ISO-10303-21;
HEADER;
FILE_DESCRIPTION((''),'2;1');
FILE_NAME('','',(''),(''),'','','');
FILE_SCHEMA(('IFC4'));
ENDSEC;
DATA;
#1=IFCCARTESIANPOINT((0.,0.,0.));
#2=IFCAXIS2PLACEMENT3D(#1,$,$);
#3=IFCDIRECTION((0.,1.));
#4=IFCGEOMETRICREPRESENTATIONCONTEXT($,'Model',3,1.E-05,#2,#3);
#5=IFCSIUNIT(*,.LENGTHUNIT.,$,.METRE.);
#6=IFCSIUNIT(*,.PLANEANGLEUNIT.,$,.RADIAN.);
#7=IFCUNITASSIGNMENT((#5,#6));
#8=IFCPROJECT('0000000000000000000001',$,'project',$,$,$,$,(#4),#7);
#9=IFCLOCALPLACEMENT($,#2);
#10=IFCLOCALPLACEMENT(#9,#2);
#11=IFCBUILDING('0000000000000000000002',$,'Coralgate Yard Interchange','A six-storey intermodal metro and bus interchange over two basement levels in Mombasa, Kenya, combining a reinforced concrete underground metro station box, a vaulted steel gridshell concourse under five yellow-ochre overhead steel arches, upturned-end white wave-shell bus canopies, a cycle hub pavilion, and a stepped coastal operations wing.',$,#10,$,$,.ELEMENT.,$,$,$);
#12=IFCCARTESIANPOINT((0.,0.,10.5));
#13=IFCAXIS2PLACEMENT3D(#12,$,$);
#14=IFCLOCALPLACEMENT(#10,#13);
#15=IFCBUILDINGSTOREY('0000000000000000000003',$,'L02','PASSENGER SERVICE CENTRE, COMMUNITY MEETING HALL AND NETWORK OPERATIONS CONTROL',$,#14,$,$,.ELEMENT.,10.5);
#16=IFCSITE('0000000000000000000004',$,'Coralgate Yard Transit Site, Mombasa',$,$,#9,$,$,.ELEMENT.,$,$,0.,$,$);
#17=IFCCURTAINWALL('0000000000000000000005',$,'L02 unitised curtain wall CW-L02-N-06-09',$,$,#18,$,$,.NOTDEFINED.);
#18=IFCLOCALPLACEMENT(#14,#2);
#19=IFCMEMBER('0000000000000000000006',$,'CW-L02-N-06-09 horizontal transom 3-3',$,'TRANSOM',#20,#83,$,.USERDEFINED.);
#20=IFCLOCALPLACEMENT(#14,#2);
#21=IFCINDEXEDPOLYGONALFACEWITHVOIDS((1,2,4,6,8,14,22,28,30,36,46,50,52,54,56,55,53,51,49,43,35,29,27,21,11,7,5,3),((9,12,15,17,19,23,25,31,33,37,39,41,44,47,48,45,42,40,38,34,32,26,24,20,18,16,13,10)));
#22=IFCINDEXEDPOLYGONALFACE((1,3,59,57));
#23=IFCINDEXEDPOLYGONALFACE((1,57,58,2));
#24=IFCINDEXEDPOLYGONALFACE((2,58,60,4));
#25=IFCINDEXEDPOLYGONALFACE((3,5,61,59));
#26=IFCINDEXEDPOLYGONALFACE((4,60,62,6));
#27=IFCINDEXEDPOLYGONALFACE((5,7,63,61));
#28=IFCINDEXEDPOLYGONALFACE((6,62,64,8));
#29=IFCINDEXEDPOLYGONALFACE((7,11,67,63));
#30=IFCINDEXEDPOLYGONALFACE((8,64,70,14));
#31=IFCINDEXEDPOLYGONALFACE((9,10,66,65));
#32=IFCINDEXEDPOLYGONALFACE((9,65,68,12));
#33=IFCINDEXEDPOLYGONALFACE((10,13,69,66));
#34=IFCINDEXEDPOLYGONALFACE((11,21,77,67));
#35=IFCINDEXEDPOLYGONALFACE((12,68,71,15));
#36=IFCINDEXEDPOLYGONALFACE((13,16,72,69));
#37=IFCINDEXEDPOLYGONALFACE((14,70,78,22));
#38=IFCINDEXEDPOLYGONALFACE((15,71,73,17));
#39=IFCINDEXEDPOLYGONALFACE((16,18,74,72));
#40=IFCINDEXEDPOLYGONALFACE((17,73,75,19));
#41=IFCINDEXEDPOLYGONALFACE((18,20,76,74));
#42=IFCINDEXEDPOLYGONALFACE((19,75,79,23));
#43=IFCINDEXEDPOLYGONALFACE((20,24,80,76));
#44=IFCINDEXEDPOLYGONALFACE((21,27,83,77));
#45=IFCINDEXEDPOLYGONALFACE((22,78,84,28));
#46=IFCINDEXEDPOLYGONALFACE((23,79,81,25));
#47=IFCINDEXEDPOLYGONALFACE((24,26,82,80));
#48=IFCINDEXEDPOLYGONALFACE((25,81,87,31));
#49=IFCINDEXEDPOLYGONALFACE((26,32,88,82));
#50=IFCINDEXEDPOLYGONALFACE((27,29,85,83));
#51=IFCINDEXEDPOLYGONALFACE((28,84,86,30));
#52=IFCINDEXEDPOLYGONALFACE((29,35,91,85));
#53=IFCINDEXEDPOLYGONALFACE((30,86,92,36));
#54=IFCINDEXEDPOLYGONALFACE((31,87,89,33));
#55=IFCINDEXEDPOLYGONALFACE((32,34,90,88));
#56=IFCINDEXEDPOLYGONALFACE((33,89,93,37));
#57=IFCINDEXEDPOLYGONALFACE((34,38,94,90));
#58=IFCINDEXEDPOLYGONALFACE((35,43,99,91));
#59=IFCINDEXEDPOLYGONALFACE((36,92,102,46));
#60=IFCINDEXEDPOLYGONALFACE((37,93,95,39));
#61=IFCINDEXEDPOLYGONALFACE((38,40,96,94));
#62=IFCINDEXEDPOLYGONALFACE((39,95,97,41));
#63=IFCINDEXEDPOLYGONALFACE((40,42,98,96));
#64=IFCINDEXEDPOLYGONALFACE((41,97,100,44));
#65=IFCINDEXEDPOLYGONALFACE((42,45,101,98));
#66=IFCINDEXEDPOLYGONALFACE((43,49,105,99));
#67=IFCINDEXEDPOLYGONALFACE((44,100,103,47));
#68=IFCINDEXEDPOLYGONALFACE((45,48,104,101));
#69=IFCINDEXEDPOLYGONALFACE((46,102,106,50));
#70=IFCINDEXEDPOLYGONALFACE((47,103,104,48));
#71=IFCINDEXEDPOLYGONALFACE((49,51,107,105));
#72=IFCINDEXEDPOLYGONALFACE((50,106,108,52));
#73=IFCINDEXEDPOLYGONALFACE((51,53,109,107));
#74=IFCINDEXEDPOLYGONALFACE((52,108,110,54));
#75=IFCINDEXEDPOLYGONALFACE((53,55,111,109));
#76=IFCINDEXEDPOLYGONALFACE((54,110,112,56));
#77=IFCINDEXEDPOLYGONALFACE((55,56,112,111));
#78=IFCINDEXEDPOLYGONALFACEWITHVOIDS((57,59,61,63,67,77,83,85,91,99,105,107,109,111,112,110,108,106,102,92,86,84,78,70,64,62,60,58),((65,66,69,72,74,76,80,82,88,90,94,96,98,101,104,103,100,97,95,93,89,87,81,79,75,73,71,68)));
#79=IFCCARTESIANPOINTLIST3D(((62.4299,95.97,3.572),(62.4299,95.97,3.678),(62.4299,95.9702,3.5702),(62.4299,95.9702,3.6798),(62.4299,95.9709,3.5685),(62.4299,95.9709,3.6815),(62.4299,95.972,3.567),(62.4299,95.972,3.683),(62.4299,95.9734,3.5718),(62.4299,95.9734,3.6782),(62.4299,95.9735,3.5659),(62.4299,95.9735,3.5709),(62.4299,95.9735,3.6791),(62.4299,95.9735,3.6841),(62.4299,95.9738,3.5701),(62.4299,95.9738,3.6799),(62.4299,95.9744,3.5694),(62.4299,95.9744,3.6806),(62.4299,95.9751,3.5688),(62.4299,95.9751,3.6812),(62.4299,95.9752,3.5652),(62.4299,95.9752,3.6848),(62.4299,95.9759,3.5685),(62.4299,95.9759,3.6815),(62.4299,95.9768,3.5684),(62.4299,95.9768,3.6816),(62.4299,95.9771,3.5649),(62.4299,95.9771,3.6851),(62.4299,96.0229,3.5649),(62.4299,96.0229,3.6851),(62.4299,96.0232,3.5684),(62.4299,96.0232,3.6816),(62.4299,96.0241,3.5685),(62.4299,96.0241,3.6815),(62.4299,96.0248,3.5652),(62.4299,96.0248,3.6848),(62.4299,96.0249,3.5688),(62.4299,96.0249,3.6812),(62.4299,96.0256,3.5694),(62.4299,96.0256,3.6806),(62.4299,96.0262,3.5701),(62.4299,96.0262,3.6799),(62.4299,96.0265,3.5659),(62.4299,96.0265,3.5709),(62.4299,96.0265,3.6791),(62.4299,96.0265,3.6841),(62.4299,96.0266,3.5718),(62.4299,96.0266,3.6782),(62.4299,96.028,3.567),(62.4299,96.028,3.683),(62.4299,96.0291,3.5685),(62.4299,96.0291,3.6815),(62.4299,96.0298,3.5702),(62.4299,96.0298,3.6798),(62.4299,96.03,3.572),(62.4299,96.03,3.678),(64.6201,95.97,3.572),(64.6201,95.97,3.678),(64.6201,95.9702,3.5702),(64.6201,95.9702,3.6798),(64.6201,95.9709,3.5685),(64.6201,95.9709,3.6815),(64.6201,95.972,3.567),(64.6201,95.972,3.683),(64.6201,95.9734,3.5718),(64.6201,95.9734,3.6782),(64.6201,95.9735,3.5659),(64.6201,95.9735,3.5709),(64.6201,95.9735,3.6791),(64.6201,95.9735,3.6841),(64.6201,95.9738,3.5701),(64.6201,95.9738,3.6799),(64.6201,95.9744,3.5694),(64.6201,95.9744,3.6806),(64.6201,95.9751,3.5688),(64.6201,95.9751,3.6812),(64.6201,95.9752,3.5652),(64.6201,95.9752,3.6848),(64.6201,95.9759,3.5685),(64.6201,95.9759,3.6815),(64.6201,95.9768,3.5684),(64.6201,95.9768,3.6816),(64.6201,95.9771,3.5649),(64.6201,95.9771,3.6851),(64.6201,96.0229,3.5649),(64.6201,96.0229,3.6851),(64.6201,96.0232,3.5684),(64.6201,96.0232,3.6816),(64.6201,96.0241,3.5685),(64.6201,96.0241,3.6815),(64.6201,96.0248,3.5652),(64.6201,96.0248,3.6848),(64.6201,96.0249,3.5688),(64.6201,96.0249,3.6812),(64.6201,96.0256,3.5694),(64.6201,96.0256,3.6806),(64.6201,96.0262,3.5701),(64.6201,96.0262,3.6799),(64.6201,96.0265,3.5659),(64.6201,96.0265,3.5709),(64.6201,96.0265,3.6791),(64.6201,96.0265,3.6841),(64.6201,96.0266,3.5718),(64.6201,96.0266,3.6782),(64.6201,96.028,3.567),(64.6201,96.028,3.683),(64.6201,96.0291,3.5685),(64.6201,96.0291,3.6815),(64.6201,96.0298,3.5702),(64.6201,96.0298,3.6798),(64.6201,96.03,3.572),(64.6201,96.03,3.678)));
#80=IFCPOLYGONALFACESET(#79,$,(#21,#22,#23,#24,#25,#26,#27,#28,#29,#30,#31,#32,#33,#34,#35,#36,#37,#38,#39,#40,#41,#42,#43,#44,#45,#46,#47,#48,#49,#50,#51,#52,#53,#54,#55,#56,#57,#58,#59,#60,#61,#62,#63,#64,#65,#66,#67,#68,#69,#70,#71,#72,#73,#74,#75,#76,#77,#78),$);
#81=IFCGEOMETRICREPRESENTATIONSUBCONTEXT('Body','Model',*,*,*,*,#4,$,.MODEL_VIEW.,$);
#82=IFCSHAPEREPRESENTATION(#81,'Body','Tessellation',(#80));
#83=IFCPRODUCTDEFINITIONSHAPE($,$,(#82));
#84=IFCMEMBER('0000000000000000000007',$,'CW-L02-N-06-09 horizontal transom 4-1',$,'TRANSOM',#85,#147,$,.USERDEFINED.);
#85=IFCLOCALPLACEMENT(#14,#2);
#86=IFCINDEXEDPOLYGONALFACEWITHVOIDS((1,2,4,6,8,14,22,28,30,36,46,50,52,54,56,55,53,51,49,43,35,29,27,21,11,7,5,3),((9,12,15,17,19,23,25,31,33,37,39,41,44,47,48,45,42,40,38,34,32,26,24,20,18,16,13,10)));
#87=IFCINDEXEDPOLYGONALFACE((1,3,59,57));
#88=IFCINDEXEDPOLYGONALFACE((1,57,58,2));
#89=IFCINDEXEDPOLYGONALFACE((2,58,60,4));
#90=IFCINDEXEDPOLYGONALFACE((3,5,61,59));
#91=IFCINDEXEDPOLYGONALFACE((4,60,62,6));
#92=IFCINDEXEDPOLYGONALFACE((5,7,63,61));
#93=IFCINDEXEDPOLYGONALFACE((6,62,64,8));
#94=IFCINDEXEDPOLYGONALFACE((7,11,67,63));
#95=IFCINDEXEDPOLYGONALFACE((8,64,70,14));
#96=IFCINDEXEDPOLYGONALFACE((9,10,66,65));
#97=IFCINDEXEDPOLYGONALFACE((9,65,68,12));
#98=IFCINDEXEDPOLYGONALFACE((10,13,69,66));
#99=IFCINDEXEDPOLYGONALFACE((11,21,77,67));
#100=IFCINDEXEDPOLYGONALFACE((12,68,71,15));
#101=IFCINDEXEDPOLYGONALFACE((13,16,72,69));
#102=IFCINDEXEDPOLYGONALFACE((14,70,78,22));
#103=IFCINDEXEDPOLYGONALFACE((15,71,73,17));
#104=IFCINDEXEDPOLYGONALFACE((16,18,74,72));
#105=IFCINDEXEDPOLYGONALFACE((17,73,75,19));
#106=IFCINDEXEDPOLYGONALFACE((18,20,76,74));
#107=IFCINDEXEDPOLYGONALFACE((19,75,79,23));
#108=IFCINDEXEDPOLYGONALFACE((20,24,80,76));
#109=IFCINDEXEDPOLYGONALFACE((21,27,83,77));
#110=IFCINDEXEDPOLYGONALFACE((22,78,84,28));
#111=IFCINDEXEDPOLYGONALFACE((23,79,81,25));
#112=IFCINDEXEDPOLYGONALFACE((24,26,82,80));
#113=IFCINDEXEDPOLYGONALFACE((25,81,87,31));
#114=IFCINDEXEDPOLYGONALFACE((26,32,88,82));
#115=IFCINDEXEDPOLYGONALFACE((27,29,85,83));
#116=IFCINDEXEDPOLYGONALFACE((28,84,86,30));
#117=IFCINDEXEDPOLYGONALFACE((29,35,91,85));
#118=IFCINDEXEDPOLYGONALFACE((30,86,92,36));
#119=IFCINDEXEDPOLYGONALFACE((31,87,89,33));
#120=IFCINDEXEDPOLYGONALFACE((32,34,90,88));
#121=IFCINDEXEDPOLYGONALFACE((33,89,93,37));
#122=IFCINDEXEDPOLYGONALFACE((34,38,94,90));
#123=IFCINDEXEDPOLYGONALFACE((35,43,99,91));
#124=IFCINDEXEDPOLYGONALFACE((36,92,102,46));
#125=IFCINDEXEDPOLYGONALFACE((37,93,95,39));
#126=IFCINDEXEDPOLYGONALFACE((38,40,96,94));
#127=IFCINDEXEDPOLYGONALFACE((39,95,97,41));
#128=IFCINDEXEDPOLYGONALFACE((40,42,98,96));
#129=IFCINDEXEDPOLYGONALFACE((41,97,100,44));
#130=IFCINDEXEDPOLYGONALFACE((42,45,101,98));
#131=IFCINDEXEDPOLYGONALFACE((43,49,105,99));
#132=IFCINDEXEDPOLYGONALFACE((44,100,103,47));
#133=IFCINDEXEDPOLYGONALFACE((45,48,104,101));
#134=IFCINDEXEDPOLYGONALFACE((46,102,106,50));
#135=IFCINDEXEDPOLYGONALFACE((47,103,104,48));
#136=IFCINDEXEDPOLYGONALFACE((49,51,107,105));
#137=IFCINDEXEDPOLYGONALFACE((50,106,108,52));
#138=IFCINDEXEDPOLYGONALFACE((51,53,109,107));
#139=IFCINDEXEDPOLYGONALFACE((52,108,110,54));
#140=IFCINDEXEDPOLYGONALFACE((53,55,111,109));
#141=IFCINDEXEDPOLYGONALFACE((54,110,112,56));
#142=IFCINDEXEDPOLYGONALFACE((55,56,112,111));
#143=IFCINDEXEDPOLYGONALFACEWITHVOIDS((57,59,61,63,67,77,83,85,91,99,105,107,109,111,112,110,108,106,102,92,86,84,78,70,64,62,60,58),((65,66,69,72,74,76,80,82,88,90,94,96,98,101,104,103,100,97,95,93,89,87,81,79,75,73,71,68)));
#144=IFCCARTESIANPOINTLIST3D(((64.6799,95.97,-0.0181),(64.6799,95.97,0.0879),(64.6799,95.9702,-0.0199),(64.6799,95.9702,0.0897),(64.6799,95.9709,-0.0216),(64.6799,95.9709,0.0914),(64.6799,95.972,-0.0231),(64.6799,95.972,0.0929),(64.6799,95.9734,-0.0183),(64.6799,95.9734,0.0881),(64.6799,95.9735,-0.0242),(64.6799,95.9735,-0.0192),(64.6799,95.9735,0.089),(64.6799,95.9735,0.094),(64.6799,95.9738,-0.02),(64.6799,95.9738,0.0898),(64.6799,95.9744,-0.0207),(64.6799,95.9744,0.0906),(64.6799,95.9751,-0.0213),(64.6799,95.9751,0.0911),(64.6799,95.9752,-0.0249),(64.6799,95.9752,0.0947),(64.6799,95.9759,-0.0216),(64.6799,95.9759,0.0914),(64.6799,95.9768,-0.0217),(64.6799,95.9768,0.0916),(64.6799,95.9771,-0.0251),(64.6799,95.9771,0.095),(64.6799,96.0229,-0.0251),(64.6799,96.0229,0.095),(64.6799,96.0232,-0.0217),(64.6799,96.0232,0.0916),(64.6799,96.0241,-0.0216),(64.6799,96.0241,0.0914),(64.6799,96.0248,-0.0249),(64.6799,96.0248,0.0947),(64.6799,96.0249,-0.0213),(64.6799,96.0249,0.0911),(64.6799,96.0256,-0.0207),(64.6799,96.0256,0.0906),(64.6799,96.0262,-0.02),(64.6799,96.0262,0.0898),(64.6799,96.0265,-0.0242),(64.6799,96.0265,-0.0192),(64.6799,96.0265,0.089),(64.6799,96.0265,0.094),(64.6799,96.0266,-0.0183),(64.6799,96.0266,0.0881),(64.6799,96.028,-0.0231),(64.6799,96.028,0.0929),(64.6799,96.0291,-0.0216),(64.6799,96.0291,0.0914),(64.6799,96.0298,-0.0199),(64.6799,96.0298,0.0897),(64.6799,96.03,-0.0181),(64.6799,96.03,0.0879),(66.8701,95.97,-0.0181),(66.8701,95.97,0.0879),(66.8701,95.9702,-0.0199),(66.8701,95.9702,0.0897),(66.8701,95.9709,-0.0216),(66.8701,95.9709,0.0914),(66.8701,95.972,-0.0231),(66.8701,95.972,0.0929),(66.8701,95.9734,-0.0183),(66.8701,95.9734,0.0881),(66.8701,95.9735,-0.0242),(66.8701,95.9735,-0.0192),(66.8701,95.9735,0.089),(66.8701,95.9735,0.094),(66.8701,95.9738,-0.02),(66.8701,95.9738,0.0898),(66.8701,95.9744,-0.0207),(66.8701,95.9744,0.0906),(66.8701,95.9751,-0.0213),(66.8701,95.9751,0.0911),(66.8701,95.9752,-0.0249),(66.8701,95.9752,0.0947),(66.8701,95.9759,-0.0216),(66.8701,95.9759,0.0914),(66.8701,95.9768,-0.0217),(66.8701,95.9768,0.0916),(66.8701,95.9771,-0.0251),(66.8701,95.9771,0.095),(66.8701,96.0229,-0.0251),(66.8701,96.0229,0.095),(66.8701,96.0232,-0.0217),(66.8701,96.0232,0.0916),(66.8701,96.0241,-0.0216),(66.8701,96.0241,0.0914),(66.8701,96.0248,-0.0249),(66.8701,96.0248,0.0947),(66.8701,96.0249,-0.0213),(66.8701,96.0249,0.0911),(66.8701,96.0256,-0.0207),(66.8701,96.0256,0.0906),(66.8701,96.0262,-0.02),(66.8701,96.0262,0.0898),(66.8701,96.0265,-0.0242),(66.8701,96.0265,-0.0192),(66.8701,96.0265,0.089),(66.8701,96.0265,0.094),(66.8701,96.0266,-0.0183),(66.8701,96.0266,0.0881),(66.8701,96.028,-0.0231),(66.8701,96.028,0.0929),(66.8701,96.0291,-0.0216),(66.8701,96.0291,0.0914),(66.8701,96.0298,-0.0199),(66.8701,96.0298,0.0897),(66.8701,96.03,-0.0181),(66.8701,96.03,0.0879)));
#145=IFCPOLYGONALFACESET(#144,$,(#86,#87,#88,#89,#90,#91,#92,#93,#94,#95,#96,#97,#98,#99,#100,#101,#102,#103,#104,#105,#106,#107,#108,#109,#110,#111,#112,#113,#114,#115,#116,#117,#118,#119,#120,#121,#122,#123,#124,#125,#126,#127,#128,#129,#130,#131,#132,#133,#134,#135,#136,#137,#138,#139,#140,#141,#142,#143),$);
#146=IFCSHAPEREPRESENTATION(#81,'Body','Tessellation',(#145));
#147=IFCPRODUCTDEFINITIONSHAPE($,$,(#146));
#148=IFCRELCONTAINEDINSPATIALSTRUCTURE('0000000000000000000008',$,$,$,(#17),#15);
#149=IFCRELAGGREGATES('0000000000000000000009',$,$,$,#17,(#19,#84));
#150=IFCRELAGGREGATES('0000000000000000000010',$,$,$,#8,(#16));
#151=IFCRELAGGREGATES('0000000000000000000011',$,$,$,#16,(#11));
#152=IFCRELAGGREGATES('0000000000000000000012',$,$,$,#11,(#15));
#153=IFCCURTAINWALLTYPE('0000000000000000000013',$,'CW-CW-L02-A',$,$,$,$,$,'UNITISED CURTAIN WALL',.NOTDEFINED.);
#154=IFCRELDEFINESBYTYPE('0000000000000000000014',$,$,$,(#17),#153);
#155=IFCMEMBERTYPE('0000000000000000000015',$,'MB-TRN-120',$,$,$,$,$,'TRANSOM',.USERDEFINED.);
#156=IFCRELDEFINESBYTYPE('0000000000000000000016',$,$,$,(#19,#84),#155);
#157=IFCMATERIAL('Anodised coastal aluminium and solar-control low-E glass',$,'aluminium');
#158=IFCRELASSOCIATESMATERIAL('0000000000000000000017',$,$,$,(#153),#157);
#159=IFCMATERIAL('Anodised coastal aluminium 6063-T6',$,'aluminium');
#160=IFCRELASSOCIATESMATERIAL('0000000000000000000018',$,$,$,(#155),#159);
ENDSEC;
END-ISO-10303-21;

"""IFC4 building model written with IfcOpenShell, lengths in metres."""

from ifc_helpers import new_model, si_unit, direction, frame, origin, origin_2d, place, context, subcontext, project, spatial, hollow_rectangle, extrude, material, material_profile, profile_set, type_object, element, aggregate, save


model = new_model("IFC4")

# Units and contexts
model_context = context("Model", 3, precision=1e-05, world=origin(), true_north=direction((0.0, 1.0)))
body_context = subcontext(model_context, "Body", "Model", "MODEL_VIEW")
ifc_project = project(units=[si_unit("LENGTHUNIT", "METRE"), si_unit("PLANEANGLEUNIT", "RADIAN")], contexts=[model_context])

# Site, building, storey
site_placement = place(None, origin())
site = spatial("IfcSite", under=ifc_project, at=site_placement, Name="Coralgate Yard Transit Site, Mombasa", CompositionType="ELEMENT", RefElevation=0.0)
building_placement = place(site_placement, origin())
building = spatial("IfcBuilding", under=site, at=building_placement, Name="Coralgate Yard Interchange", Description="A six-storey intermodal metro and bus interchange over two basement levels in Mombasa, Kenya, combining a reinforced concrete underground metro station box, a vaulted steel gridshell concourse under five yellow-ochre overhead steel arches, upturned-end white wave-shell bus canopies, a cycle hub pavilion, and a stepped coastal operations wing.", CompositionType="ELEMENT")
storey_placement = place(building_placement, frame((0.0, 0.0, 10.5)))
storey = spatial("IfcBuildingStorey", under=building, at=storey_placement, Name="L02", Description="PASSENGER SERVICE CENTRE, COMMUNITY MEETING HALL AND NETWORK OPERATIONS CONTROL", CompositionType="ELEMENT", Elevation=10.5)

# Curtain wall, members
ifc_material_1 = material(Name="Anodised coastal aluminium and solar-control low-E glass", Category="aluminium")
curtain_wall_type = type_object("IfcCurtainWallType", Name="CW-CW-L02-A", ElementType="UNITISED CURTAIN WALL", PredefinedType="NOTDEFINED", material=ifc_material_1)
curtain_wall_placement = place(storey_placement, origin())
curtain_wall = element("IfcCurtainWall", 1, at=curtain_wall_placement, inside=storey, type_object=curtain_wall_type, Name="L02 unitised curtain wall CW-L02-N-06-09", PredefinedType="NOTDEFINED")
ifc_material_2 = material(Name="Anodised coastal aluminium 6063-T6", Category="aluminium")
ifc_material_profile_1 = material_profile(ifc_material_2, hollow_rectangle(XDim=0.0601, YDim=0.1201, WallThickness=0.0034, InnerFilletRadius=0.0034, OuterFilletRadius=0.0071, at=origin_2d()), Name="ALU 60x120x3.5")
ifc_profile_set_1 = profile_set([ifc_material_profile_1], Name="Anodised coastal aluminium 6063-T6")
member_type_1 = type_object("IfcMemberType", Name="MB-TRN-120", ElementType="TRANSOM", PredefinedType="USERDEFINED", material=ifc_profile_set_1)
member_1_placement = place(storey_placement, frame((62.4299, 96.0, 3.625), z_axis=(1.0, 0.0, 0.0), x_axis=(0.0, 1.0, 0.0)))
member_1 = element("IfcMember", 2, at=member_1_placement, type_object=member_type_1, Name="CW-L02-N-06-09 horizontal transom 3-3", ObjectType="TRANSOM", PredefinedType="USERDEFINED", context=body_context, shape_type="SweptSolid", body=[
    extrude(hollow_rectangle(XDim=0.0601, YDim=0.1201, WallThickness=0.0034, InnerFilletRadius=0.0034, OuterFilletRadius=0.0071, at=origin_2d()), origin(), (0.0, 0.0, 1.0), 2.1902),
])
member_2_placement = place(storey_placement, frame((64.6799, 96.0, 0.0349), z_axis=(1.0, 0.0, 0.0), x_axis=(0.0, 1.0, 0.0)))
member_2 = element("IfcMember", 3, at=member_2_placement, type_object=member_type_1, Name="CW-L02-N-06-09 horizontal transom 4-1", ObjectType="TRANSOM", PredefinedType="USERDEFINED", context=body_context, shape_type="SweptSolid", body=[
    extrude(hollow_rectangle(XDim=0.0601, YDim=0.1201, WallThickness=0.0034, InnerFilletRadius=0.0034, OuterFilletRadius=0.0071, at=origin_2d()), origin(), (0.0, 0.0, 1.0), 2.1902),
])
aggregate(curtain_wall, [member_1, member_2])

save(model, "model.ifc")
